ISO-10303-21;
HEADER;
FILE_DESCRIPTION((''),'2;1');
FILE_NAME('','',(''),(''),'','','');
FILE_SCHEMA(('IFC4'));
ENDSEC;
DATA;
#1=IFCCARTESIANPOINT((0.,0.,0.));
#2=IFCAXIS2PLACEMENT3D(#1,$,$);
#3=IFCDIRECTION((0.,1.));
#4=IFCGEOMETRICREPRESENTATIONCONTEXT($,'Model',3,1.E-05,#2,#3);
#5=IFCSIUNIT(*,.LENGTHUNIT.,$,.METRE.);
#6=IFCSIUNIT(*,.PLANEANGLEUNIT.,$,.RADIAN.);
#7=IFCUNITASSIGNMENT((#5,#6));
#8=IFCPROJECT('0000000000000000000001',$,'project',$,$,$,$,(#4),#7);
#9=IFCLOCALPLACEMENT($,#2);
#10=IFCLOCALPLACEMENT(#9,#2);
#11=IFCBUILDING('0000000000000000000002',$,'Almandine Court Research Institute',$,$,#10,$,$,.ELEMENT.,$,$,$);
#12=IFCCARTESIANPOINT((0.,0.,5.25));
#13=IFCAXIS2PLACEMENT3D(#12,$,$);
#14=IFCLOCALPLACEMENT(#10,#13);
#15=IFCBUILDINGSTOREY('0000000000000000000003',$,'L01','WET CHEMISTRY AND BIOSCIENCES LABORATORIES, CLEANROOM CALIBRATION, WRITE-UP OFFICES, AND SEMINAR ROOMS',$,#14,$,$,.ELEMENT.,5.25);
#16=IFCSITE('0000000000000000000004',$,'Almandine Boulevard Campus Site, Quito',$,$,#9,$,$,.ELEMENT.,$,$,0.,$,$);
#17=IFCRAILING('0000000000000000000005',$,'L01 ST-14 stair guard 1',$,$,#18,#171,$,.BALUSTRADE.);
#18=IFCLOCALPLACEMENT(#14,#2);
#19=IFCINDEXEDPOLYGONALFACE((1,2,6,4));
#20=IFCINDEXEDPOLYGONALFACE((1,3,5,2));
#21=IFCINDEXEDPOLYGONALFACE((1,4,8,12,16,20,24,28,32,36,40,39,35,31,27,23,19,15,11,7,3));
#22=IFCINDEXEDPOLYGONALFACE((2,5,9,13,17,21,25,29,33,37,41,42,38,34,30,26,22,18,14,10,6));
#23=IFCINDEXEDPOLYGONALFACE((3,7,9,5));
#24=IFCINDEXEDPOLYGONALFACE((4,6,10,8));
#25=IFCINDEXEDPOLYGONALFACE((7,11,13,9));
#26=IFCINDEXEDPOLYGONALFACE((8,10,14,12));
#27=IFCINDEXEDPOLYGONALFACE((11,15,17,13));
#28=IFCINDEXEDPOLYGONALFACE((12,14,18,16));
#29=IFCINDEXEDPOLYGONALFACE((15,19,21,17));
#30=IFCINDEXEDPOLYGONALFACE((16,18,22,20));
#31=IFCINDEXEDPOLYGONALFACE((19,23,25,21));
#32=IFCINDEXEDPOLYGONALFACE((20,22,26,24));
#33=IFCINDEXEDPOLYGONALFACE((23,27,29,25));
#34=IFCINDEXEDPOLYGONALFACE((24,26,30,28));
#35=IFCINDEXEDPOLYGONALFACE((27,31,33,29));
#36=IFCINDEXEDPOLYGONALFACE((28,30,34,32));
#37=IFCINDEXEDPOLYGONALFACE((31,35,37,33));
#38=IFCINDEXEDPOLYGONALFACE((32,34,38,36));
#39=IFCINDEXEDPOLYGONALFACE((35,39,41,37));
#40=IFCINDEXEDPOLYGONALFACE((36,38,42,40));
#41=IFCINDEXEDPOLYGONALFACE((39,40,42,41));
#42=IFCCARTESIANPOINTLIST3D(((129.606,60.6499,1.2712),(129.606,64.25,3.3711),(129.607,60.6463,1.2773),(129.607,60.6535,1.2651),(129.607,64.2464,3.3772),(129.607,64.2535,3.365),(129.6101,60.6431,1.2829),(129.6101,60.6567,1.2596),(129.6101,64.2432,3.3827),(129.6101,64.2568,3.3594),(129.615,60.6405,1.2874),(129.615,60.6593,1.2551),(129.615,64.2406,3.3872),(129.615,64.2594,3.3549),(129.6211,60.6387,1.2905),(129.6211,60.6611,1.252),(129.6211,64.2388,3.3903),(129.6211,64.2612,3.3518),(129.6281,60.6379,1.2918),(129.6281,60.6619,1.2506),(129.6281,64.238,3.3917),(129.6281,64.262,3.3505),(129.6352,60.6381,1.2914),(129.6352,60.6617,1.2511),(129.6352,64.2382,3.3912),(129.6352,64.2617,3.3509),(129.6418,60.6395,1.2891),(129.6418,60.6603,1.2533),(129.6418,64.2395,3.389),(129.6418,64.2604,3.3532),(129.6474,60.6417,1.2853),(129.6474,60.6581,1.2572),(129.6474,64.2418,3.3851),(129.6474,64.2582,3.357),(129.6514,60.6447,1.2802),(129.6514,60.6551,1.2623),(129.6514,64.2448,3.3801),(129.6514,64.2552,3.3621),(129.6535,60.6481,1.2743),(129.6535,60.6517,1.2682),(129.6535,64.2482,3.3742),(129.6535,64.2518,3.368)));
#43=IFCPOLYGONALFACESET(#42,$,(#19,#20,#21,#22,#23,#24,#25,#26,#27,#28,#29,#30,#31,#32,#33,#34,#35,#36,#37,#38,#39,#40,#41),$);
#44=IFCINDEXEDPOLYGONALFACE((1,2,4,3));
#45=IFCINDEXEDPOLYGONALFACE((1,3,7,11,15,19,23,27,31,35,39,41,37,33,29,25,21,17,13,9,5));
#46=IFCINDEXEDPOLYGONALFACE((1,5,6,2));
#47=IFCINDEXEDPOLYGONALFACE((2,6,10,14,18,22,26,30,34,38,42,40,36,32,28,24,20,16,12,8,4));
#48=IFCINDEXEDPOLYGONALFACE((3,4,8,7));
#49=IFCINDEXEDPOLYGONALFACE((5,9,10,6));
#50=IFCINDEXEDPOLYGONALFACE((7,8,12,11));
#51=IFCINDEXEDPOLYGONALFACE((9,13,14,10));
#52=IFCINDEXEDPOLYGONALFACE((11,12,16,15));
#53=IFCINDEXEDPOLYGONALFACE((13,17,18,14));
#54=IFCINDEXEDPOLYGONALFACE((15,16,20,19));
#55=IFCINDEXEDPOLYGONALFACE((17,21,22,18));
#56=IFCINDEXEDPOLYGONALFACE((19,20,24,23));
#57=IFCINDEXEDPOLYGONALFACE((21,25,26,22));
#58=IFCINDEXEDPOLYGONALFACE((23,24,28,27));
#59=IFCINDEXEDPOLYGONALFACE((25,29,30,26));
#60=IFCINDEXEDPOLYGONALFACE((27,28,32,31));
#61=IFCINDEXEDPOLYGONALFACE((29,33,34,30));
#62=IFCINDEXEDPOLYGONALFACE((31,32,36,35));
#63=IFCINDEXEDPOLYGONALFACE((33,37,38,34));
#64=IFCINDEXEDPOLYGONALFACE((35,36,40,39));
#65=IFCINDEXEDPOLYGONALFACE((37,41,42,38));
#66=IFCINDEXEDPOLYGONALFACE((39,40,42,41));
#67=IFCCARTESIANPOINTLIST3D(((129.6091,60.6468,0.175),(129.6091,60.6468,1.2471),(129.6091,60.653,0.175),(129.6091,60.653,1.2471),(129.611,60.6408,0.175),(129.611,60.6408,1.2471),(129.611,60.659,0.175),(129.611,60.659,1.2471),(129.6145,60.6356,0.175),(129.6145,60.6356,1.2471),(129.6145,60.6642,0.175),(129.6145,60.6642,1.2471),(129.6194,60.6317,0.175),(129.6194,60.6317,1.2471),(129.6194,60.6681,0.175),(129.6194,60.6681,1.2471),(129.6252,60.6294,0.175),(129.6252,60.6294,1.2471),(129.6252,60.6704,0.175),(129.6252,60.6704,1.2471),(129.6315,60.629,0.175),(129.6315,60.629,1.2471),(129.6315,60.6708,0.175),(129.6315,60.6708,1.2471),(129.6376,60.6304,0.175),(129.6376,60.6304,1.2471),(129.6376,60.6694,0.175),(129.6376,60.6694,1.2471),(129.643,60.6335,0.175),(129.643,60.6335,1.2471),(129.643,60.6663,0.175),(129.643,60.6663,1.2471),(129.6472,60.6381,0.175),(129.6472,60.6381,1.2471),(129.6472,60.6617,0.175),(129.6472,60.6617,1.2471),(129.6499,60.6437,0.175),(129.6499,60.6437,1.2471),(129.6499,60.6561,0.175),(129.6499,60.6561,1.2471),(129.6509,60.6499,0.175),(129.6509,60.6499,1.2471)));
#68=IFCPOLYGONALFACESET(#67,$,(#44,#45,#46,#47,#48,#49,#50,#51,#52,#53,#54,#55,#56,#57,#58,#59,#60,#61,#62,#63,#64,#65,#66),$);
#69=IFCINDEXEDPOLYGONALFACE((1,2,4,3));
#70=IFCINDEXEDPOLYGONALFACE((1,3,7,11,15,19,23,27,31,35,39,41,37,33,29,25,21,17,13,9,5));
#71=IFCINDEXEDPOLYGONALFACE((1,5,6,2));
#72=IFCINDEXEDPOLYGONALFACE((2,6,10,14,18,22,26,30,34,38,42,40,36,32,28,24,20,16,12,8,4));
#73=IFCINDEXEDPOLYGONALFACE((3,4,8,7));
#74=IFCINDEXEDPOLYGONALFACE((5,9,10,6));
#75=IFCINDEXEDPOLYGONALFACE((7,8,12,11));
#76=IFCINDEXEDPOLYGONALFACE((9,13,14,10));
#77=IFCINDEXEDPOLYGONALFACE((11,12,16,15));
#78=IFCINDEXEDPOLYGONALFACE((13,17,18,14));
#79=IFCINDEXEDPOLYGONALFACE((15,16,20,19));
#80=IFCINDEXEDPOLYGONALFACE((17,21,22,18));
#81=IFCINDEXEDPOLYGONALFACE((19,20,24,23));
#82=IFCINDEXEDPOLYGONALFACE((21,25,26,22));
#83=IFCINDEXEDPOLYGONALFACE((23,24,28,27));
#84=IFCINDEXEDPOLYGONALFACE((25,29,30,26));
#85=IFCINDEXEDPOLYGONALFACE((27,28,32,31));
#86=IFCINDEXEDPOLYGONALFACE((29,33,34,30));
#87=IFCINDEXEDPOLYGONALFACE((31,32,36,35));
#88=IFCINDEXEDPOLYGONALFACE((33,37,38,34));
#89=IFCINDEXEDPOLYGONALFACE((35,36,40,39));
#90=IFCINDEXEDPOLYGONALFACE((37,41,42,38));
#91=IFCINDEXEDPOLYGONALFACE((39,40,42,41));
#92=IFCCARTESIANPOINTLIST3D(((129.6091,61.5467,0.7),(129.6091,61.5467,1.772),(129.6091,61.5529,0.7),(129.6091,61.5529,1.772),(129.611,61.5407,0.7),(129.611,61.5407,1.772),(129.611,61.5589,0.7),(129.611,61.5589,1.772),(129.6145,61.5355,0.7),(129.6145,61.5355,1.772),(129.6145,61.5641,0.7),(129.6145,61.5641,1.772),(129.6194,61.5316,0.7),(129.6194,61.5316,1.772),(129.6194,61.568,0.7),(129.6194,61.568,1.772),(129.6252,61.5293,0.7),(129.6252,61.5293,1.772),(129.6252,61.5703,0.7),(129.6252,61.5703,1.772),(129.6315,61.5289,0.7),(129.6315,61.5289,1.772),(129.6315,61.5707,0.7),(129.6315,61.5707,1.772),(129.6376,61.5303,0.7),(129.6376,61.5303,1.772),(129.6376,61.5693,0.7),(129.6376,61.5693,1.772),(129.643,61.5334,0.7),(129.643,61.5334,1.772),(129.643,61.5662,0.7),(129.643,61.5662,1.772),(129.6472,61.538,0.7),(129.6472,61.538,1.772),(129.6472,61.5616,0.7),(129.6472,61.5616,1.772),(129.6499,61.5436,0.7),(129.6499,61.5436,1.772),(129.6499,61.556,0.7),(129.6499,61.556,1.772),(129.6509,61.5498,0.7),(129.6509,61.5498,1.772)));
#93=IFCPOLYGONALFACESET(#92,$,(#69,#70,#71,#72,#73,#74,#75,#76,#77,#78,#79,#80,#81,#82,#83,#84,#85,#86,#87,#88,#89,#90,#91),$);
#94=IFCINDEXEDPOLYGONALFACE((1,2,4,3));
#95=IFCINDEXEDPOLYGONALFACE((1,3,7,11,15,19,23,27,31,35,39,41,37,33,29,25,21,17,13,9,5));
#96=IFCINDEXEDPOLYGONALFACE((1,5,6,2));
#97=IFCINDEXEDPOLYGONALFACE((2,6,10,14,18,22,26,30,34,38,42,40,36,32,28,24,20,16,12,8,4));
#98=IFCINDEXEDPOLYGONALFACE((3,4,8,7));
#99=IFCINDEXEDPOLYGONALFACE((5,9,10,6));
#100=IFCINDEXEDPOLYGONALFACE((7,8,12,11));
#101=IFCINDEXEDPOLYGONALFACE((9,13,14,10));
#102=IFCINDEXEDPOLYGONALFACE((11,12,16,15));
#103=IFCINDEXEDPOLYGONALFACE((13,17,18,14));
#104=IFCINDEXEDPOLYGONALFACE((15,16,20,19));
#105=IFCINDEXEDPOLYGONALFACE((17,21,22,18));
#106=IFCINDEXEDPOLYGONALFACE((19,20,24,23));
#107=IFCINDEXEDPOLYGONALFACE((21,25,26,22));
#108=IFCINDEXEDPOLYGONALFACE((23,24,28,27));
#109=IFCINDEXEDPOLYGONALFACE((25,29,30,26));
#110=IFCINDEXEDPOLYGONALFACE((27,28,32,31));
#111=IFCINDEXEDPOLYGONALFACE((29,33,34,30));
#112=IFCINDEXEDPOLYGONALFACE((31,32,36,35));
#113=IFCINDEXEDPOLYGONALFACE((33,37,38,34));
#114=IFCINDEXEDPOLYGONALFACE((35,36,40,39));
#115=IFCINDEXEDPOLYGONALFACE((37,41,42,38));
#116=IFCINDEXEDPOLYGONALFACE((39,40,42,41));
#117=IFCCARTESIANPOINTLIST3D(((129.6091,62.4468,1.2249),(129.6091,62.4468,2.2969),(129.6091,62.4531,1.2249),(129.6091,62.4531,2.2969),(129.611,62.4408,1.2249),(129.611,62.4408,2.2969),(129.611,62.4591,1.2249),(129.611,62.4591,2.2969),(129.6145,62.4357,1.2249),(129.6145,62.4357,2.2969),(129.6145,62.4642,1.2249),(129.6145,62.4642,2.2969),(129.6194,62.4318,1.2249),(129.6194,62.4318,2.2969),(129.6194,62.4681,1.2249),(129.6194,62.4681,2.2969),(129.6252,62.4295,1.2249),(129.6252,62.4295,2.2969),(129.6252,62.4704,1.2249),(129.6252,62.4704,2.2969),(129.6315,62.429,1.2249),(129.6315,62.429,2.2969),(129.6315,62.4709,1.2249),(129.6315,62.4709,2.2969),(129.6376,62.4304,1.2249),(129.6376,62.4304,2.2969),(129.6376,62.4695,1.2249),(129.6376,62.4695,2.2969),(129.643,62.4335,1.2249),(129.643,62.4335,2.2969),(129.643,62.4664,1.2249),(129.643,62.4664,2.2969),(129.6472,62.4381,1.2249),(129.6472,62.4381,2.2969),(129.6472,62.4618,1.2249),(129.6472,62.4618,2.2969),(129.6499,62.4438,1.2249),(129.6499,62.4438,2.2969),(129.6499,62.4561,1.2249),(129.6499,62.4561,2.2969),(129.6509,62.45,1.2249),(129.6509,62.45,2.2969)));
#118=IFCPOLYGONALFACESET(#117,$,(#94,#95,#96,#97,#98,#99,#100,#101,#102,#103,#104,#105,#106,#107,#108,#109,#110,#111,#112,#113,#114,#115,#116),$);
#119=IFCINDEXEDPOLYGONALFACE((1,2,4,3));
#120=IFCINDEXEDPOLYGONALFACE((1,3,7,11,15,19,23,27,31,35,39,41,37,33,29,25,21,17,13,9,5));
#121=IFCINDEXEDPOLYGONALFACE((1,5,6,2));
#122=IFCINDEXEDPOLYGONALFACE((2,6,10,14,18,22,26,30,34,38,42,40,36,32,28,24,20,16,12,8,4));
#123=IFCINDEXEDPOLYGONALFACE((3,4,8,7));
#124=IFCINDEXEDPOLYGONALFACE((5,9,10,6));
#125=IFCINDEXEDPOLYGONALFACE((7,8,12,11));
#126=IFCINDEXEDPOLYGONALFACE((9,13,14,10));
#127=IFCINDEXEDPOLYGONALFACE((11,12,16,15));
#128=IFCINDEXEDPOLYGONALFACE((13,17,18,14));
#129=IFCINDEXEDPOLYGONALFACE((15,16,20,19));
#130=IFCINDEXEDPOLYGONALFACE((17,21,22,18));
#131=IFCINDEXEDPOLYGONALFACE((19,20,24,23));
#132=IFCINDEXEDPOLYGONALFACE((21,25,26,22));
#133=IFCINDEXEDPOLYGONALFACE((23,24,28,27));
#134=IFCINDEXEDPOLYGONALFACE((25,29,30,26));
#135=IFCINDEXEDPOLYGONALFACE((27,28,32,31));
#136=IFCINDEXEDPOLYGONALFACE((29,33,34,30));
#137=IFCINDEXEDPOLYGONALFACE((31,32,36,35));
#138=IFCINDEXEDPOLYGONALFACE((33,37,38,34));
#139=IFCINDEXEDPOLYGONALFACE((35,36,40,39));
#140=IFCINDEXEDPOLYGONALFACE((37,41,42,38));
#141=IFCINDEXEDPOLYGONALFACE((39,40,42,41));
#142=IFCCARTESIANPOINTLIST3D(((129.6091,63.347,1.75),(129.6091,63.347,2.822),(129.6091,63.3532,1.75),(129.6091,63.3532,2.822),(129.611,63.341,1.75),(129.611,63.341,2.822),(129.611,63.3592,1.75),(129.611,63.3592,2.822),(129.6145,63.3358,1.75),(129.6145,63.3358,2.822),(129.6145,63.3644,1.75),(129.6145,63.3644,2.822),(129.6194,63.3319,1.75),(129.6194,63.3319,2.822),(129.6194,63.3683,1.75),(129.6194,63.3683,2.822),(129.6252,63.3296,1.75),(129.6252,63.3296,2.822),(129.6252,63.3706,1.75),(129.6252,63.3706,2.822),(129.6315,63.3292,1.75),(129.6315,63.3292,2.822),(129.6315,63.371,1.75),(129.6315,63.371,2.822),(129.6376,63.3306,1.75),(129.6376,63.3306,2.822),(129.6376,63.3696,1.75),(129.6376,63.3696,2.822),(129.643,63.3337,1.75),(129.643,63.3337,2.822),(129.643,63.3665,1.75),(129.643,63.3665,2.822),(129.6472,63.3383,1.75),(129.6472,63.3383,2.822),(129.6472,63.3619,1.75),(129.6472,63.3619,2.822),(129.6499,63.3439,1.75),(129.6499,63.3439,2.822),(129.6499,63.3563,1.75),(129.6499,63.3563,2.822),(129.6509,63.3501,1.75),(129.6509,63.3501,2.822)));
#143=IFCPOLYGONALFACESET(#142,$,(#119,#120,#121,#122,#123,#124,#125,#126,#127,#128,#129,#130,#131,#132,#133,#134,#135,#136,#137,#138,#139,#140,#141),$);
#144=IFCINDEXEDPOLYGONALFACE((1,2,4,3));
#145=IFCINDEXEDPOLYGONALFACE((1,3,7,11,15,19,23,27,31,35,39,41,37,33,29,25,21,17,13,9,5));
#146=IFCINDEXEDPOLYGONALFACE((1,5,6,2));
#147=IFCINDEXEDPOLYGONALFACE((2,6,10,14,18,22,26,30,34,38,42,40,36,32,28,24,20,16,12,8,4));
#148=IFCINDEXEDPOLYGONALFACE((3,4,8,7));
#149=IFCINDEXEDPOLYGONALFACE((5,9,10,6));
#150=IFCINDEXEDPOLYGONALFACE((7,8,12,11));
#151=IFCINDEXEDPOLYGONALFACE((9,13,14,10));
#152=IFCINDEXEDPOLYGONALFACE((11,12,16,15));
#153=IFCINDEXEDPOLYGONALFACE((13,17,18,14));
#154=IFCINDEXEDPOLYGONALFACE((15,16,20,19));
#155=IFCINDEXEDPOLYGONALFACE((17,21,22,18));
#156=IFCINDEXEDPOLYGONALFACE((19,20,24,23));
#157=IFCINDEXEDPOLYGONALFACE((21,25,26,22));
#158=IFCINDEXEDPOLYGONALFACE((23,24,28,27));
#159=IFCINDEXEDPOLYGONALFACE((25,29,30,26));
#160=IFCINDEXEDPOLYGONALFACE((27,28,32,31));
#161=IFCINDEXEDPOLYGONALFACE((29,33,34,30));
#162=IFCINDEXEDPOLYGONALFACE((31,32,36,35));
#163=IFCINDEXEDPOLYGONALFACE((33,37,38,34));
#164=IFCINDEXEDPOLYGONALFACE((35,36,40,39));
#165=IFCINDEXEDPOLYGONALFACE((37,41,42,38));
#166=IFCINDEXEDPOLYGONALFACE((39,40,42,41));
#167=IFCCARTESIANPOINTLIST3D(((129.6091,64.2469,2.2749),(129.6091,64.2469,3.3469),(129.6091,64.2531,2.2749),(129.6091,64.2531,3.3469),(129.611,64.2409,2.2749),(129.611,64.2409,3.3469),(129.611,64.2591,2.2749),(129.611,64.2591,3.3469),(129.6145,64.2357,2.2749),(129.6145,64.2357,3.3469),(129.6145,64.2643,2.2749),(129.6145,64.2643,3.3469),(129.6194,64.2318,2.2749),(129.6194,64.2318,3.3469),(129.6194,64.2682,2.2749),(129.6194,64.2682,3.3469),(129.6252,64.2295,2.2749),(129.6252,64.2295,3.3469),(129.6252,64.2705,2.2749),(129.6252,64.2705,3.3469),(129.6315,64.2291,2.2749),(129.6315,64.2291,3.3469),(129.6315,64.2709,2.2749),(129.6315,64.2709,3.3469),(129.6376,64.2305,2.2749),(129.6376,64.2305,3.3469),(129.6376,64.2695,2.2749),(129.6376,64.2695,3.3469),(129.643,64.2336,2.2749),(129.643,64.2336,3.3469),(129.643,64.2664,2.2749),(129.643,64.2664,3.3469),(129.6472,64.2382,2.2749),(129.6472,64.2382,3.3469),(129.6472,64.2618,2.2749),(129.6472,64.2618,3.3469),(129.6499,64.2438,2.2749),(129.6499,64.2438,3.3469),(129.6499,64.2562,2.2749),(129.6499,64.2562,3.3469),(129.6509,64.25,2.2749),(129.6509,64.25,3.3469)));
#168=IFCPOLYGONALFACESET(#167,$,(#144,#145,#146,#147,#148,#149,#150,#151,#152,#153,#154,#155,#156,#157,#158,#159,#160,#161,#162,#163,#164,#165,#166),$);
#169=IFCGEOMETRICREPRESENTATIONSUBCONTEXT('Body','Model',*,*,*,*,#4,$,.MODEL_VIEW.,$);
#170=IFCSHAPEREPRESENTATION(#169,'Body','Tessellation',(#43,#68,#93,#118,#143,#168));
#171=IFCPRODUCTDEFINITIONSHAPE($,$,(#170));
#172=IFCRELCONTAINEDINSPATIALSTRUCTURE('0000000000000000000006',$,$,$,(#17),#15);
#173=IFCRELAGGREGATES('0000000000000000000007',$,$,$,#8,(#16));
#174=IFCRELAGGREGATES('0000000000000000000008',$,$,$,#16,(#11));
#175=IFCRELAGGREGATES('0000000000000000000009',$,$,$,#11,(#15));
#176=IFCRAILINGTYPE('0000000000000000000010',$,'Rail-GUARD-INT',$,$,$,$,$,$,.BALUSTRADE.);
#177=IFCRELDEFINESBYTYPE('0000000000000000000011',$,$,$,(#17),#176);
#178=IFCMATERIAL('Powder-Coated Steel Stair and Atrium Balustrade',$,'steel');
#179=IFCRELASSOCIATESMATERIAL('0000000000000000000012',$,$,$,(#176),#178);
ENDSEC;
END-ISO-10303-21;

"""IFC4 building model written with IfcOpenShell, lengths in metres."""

from ifc_helpers import new_model, si_unit, direction, frame, origin, origin_2d, place, context, subcontext, project, spatial, circle, extrude, material, type_object, element, save


model = new_model("IFC4")

# Units and contexts
model_context = context("Model", 3, precision=1e-05, world=origin(), true_north=direction((0.0, 1.0)))
body_context = subcontext(model_context, "Body", "Model", "MODEL_VIEW")
ifc_project = project(units=[si_unit("LENGTHUNIT", "METRE"), si_unit("PLANEANGLEUNIT", "RADIAN")], contexts=[model_context])

# Site, building, storey
site_placement = place(None, origin())
site = spatial("IfcSite", under=ifc_project, at=site_placement, Name="Almandine Boulevard Campus Site, Quito", CompositionType="ELEMENT", RefElevation=0.0)
building_placement = place(site_placement, origin())
building = spatial("IfcBuilding", under=site, at=building_placement, Name="Almandine Court Research Institute", CompositionType="ELEMENT")
storey_placement = place(building_placement, frame((0.0, 0.0, 5.25)))
storey = spatial("IfcBuildingStorey", under=building, at=storey_placement, Name="L01", Description="WET CHEMISTRY AND BIOSCIENCES LABORATORIES, CLEANROOM CALIBRATION, WRITE-UP OFFICES, AND SEMINAR ROOMS", CompositionType="ELEMENT", Elevation=5.25)

# Railing
ifc_material_1 = material(Name="Powder-Coated Steel Stair and Atrium Balustrade", Category="steel")
railing_type_1 = type_object("IfcRailingType", Name="Rail-GUARD-INT", PredefinedType="BALUSTRADE", material=ifc_material_1)
railing_1_placement = place(storey_placement, frame((129.6299, 60.6499, 0.175)))
element("IfcRailing", 1, at=railing_1_placement, inside=storey, type_object=railing_type_1, Name="L01 ST-14 stair guard 1", PredefinedType="BALUSTRADE", context=body_context, shape_type="SweptSolid", body=[
    extrude(circle(Radius=0.0239, at=origin_2d()), frame((0.0, 0.0, 1.0962), z_axis=(0.0, 0.8638, 0.503835), x_axis=(-1.0, 0.0, 0.0)), (0.0, 0.0, 1.0), 4.1677),
    extrude(circle(Radius=0.021, at=origin_2d()), origin(), (0.0, 0.0, 1.0), 1.072),
    extrude(circle(Radius=0.021, at=origin_2d()), frame((0.0, 0.8999, 0.5249)), (0.0, 0.0, 1.0), 1.072),
    extrude(circle(Radius=0.021, at=origin_2d()), frame((0.0, 1.8, 1.0498)), (0.0, 0.0, 1.0), 1.072),
    extrude(circle(Radius=0.021, at=origin_2d()), frame((0.0, 2.7002, 1.575)), (0.0, 0.0, 1.0), 1.072),
    extrude(circle(Radius=0.021, at=origin_2d()), frame((0.0, 3.6001, 2.0999)), (0.0, 0.0, 1.0), 1.072),
])

save(model, "model.ifc")
